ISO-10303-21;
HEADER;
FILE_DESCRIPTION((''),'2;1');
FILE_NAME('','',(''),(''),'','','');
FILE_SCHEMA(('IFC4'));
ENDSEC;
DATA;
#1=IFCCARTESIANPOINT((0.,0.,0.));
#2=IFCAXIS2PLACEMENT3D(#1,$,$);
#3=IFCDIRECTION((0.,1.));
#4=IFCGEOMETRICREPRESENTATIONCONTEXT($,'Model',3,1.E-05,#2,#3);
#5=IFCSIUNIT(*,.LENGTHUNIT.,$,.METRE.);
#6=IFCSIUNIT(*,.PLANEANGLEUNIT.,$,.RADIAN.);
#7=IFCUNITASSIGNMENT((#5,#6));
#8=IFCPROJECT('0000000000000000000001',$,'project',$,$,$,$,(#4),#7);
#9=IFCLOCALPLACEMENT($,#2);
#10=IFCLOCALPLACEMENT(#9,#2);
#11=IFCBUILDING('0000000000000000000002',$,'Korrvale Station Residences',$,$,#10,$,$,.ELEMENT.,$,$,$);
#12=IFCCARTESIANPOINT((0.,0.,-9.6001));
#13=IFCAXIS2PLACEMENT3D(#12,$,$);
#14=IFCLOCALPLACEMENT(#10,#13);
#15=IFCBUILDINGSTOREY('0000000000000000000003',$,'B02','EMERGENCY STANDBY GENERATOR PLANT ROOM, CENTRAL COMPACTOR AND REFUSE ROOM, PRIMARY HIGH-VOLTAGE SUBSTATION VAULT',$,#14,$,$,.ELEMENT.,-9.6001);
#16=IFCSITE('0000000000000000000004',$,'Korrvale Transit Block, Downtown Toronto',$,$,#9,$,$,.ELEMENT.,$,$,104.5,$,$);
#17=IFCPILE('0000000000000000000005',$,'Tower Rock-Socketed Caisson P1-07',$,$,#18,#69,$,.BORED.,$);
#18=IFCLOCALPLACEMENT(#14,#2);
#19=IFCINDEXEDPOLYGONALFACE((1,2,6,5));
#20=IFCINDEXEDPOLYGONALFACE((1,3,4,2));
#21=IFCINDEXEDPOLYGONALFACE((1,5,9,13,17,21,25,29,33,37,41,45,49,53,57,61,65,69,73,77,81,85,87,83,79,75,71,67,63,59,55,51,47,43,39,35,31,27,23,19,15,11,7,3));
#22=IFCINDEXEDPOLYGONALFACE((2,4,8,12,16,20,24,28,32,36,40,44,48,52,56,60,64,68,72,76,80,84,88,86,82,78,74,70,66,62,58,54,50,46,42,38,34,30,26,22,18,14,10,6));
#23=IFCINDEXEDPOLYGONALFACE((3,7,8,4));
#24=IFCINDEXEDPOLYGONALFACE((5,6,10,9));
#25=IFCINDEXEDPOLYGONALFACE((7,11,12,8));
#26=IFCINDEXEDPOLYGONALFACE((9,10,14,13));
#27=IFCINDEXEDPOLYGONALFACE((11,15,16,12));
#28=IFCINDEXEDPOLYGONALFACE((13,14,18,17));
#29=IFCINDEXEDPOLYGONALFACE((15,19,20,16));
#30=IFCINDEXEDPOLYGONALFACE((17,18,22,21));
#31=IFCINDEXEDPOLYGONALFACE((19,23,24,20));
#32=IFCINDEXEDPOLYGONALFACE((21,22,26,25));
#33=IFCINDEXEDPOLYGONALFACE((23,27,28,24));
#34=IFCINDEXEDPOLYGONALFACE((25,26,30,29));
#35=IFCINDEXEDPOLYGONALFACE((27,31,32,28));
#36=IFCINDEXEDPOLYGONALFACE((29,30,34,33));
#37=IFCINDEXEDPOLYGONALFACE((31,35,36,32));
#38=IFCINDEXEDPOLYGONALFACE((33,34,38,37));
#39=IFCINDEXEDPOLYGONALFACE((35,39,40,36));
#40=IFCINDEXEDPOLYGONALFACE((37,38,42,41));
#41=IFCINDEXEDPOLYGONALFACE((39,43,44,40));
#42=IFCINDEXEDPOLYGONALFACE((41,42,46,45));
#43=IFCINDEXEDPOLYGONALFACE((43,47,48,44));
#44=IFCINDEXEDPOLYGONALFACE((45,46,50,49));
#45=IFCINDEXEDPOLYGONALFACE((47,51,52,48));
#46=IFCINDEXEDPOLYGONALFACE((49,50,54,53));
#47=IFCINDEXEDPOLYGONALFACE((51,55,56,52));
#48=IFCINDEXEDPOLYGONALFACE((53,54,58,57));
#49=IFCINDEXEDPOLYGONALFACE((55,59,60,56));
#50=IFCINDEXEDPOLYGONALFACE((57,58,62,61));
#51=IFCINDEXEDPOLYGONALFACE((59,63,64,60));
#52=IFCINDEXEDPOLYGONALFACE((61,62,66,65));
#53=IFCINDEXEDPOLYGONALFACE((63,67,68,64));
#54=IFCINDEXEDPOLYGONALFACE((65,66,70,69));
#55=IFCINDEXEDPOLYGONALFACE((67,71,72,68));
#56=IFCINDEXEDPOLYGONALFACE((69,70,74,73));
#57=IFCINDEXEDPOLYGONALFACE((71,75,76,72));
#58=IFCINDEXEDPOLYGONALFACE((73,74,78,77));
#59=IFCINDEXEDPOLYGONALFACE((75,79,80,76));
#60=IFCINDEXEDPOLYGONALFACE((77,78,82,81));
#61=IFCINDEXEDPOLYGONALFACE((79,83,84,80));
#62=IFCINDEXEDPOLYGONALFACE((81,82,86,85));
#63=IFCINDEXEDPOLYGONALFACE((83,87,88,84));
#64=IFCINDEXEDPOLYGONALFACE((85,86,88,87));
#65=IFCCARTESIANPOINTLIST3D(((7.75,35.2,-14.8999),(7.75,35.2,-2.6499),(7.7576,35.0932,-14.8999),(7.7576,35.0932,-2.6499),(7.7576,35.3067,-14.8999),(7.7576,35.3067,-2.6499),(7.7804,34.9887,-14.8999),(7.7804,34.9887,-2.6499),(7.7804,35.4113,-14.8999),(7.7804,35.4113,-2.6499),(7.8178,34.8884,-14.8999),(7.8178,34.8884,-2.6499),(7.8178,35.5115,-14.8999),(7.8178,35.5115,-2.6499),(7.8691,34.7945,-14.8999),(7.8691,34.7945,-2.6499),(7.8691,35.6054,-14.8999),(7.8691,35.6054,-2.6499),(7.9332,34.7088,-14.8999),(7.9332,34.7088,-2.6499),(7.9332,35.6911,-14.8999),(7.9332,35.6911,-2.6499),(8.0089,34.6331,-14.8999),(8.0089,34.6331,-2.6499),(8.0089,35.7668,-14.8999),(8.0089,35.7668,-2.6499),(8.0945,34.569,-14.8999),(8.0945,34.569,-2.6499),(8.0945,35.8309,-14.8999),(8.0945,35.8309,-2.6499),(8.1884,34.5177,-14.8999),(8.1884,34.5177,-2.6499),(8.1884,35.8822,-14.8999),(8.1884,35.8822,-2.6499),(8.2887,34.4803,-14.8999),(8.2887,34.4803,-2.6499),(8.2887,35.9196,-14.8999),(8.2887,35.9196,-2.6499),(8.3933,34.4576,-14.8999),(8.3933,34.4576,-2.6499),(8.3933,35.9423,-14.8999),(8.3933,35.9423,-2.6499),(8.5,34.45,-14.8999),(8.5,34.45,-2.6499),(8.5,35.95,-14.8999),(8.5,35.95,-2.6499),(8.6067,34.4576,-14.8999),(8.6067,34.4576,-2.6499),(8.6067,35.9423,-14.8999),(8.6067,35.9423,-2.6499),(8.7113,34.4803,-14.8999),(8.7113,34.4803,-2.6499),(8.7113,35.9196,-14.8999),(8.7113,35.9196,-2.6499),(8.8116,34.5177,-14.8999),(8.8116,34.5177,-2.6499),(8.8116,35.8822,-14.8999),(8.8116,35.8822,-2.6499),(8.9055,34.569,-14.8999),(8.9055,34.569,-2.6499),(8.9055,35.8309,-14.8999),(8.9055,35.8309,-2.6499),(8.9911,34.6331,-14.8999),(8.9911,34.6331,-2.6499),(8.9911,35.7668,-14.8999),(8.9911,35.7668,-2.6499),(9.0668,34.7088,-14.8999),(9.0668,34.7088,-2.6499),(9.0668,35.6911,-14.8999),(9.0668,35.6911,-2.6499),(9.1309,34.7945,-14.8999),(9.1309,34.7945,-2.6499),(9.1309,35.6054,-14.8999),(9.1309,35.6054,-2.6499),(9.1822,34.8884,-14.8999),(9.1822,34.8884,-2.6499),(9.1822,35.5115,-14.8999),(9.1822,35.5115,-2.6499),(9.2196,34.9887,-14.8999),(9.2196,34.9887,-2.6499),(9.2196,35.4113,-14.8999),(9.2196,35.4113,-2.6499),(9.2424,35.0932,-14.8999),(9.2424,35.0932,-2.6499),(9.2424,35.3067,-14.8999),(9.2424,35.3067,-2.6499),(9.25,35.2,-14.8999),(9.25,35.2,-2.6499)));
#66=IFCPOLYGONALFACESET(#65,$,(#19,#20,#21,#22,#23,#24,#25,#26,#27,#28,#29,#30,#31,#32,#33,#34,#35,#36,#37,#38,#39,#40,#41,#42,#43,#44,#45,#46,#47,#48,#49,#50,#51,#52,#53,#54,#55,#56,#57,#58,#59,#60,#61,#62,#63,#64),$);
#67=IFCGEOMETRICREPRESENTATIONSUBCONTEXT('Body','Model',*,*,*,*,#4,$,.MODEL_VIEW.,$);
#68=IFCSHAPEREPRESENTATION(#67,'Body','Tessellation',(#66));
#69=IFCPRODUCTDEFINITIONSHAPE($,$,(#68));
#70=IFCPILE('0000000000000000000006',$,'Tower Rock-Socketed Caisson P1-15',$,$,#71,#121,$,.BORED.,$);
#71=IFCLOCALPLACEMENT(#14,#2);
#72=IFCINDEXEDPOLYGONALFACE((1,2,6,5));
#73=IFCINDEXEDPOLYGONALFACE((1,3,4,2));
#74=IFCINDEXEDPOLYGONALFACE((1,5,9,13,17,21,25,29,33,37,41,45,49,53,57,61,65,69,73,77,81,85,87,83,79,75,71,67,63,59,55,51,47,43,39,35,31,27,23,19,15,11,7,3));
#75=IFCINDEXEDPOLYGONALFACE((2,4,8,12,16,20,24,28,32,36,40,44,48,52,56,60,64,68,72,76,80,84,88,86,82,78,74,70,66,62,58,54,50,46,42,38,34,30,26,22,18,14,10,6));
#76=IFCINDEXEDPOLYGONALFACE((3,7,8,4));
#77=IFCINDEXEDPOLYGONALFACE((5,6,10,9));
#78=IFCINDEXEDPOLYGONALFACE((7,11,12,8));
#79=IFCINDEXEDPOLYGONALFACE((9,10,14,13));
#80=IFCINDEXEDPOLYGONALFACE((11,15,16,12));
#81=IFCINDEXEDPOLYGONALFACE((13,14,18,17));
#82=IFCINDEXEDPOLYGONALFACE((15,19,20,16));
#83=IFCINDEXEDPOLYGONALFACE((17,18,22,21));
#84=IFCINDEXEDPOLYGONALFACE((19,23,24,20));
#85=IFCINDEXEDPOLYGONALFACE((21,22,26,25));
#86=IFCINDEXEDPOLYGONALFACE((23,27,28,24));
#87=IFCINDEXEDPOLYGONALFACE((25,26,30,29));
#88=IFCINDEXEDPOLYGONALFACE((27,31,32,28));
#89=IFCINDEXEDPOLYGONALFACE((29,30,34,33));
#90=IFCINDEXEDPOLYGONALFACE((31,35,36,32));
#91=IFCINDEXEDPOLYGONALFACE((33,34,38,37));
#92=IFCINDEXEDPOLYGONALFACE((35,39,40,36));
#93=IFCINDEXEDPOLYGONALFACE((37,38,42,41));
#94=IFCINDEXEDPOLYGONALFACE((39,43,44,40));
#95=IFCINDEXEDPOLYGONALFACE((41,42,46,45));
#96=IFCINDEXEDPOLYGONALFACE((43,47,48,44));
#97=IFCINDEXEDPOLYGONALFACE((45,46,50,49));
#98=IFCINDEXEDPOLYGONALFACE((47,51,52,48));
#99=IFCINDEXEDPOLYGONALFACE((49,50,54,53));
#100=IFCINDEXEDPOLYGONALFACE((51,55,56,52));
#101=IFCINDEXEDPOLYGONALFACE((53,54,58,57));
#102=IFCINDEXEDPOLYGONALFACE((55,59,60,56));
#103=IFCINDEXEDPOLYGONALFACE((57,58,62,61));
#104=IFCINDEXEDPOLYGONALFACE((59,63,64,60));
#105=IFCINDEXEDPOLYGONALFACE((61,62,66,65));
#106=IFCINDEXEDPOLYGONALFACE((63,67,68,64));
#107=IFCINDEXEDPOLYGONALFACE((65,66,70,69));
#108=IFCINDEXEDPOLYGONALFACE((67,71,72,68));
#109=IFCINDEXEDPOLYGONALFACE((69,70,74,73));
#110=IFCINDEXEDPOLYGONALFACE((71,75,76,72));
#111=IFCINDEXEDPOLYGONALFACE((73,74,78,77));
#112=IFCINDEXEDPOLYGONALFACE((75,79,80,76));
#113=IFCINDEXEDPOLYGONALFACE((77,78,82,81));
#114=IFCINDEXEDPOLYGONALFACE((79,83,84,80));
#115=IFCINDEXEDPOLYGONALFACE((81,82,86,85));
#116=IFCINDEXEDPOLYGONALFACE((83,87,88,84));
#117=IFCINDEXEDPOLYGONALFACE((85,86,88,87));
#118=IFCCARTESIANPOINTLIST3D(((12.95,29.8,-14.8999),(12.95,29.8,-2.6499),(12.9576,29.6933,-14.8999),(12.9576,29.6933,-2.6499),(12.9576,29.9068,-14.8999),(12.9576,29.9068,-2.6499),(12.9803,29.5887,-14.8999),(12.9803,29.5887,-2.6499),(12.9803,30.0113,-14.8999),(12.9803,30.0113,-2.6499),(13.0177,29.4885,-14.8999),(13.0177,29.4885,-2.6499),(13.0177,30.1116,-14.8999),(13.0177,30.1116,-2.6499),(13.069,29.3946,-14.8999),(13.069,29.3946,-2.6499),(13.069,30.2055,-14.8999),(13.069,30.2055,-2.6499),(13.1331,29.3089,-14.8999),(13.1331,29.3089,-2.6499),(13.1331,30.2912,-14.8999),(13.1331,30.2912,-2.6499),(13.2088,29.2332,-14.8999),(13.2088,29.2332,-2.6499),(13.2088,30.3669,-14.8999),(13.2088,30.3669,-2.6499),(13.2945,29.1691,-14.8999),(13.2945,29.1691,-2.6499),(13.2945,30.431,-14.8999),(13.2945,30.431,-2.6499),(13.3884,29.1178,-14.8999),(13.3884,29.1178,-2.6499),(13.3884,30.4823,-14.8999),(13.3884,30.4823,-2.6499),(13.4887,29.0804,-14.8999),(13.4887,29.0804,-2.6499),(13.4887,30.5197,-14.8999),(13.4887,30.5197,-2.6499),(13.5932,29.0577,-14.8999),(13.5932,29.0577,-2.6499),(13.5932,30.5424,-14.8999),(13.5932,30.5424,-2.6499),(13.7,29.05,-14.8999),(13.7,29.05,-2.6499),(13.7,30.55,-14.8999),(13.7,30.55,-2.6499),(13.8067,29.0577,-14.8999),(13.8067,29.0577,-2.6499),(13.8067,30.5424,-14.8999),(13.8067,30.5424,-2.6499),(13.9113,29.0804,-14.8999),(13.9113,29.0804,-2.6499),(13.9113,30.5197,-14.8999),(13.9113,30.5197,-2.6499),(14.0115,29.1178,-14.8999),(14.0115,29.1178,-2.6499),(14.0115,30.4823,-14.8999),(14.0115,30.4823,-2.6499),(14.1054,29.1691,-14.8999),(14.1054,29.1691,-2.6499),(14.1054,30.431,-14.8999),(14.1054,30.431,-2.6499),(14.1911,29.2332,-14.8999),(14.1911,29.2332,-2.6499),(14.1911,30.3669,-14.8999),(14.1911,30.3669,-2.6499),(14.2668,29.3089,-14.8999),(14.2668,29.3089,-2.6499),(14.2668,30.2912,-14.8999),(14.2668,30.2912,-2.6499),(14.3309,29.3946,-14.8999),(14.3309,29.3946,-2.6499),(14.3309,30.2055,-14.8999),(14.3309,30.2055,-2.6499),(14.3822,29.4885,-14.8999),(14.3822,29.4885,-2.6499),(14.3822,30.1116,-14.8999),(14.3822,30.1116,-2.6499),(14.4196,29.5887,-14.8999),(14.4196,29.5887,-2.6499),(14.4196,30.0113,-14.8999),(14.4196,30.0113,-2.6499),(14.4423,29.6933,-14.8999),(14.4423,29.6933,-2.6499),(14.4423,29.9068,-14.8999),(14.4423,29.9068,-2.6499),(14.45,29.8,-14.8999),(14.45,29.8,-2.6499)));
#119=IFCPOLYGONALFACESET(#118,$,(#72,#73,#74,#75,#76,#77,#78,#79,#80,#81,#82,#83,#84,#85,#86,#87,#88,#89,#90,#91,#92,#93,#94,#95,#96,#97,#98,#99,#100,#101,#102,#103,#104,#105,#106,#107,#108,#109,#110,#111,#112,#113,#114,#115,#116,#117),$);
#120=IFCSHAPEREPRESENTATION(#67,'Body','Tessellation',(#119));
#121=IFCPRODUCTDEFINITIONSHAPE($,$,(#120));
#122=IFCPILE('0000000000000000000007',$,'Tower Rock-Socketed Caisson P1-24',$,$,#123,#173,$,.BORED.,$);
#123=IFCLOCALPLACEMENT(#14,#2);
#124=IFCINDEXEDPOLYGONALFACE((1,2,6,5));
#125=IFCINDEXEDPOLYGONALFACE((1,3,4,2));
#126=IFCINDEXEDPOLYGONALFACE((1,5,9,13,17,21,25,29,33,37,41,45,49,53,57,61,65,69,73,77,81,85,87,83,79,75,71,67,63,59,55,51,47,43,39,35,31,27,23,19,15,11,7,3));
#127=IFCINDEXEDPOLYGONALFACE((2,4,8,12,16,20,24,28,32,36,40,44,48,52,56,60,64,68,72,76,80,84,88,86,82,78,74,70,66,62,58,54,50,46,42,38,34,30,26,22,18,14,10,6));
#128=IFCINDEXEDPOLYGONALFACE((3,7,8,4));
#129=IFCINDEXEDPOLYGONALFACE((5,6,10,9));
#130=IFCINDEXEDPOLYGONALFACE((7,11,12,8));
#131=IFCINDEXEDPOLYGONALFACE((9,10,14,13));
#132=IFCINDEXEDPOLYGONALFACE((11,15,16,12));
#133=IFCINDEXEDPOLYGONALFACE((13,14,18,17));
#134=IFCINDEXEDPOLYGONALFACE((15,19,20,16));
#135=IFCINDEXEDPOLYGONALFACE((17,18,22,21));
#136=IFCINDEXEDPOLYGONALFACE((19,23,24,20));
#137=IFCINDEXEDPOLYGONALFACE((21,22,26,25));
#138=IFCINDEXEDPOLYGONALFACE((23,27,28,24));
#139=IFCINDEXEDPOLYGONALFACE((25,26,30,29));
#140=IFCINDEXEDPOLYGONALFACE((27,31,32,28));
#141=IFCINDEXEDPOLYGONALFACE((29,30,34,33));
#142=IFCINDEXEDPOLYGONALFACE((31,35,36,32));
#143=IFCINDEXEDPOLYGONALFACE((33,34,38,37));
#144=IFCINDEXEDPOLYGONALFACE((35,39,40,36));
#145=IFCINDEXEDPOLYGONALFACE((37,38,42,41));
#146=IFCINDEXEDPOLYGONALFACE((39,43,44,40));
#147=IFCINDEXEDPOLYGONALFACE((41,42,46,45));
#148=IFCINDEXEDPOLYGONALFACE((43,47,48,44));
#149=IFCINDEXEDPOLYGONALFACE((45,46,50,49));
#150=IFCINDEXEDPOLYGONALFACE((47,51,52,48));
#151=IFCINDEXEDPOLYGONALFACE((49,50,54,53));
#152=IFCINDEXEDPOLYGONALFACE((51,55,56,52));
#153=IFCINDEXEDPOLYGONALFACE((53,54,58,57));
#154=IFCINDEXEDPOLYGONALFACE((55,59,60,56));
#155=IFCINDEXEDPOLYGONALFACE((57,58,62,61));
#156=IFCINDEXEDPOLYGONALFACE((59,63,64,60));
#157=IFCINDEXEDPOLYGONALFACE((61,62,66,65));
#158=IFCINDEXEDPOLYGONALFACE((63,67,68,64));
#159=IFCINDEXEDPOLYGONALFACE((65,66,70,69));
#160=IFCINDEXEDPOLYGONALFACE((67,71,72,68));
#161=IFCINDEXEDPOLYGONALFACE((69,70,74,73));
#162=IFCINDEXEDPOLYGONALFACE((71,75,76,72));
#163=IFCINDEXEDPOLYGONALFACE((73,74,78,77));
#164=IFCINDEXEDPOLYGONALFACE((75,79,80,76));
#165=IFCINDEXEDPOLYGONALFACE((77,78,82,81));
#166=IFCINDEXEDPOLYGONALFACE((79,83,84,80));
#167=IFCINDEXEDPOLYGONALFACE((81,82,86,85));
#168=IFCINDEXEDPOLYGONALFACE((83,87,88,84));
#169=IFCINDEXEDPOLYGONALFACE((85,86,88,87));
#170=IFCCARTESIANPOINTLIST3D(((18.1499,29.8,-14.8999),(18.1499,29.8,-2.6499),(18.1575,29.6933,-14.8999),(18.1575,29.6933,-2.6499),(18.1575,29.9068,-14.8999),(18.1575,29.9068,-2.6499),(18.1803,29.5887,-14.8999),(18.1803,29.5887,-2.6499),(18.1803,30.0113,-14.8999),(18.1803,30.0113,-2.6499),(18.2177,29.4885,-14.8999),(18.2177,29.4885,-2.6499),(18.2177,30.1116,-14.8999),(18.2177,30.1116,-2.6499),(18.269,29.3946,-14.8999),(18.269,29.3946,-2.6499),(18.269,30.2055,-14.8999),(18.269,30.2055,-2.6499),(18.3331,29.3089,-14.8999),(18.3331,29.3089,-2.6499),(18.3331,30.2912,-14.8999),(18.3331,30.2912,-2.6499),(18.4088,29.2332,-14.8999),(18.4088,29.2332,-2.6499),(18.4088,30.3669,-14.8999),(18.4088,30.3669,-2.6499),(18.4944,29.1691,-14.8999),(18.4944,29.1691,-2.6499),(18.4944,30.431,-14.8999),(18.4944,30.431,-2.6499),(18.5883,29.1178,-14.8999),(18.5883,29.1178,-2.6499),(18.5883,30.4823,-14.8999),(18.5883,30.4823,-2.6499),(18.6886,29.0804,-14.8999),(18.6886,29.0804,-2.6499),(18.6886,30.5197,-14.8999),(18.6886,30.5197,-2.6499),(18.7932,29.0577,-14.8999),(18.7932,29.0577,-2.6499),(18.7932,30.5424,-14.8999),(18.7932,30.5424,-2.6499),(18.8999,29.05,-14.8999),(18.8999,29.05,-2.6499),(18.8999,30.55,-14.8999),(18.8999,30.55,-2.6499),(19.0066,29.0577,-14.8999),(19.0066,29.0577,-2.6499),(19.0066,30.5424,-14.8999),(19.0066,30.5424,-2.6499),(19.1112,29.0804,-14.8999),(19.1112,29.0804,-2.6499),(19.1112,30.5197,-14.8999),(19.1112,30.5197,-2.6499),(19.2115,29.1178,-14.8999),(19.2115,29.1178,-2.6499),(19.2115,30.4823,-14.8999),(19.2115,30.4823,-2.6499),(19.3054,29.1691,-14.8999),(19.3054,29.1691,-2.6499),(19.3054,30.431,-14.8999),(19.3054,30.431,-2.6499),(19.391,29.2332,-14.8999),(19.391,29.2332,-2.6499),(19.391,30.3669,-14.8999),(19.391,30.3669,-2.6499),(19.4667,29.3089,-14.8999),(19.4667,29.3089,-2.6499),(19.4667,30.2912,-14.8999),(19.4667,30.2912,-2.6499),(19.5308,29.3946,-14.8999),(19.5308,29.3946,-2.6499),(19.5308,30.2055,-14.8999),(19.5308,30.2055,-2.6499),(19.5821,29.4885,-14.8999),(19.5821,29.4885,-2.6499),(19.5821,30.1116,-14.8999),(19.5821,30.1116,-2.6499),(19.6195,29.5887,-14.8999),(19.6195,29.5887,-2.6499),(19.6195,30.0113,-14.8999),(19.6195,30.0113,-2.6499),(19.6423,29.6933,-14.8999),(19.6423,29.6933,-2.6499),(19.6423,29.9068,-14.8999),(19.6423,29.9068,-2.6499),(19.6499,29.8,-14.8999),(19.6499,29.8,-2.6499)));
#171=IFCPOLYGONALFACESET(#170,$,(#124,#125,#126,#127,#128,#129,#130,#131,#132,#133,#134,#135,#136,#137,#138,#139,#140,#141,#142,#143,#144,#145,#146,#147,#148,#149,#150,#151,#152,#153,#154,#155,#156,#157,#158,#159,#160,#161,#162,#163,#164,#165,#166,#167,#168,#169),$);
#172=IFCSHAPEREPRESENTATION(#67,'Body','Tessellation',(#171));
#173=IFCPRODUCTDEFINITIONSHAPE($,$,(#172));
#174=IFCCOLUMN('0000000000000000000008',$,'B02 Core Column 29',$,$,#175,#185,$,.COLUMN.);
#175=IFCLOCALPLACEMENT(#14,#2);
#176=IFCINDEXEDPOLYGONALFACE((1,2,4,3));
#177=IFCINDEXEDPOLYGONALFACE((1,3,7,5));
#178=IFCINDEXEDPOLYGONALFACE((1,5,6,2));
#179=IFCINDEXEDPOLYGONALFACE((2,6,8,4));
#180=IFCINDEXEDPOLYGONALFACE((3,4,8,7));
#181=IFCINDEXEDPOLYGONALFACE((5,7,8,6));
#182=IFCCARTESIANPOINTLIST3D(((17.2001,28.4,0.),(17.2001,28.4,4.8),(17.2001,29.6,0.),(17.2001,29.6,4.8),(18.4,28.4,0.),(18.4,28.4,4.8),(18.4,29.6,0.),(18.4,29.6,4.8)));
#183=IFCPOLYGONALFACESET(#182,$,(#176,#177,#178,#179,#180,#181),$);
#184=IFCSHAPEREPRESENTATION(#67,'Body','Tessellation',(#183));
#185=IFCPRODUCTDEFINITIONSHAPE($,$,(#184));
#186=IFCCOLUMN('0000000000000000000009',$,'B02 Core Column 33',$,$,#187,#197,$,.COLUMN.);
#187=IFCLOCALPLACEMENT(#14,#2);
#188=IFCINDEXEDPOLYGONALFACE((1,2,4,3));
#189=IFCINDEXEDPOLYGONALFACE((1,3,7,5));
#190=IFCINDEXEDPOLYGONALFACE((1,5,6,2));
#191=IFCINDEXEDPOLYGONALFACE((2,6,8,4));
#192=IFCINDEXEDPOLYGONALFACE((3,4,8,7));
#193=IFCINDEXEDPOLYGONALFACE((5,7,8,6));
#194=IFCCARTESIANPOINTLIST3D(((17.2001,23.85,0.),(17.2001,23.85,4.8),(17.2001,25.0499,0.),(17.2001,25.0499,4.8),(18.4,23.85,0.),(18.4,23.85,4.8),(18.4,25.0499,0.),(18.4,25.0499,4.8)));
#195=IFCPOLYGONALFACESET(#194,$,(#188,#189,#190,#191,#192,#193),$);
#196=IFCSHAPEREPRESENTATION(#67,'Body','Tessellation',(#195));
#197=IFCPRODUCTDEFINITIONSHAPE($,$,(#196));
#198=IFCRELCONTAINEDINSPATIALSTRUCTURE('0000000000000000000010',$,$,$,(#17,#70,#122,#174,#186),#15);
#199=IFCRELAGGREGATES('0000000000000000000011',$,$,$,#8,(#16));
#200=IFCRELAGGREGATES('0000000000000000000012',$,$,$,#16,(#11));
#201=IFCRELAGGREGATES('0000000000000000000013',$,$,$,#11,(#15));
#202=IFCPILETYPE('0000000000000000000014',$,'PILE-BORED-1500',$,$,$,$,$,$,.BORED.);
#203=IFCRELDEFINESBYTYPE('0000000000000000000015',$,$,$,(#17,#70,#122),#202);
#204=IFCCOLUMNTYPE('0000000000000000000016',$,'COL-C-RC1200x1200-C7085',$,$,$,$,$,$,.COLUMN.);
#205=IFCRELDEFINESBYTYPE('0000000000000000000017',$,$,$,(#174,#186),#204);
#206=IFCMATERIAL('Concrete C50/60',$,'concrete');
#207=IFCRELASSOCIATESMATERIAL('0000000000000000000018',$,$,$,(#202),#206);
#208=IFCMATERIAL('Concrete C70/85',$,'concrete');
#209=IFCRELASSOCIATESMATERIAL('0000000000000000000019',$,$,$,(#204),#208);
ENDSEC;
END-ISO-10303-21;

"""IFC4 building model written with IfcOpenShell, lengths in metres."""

from ifc_helpers import new_model, si_unit, direction, frame, origin, origin_2d, place, context, subcontext, project, spatial, rectangle, circle, extrude, material, material_profile, profile_set, type_object, element, save


model = new_model("IFC4")

# Units and contexts
model_context = context("Model", 3, precision=1e-05, world=origin(), true_north=direction((0.0, 1.0)))
body_context = subcontext(model_context, "Body", "Model", "MODEL_VIEW")
ifc_project = project(units=[si_unit("LENGTHUNIT", "METRE"), si_unit("PLANEANGLEUNIT", "RADIAN")], contexts=[model_context])

# Site, building, storey
site_placement = place(None, origin())
site = spatial("IfcSite", under=ifc_project, at=site_placement, Name="Korrvale Transit Block, Downtown Toronto", CompositionType="ELEMENT", RefElevation=104.5)
building_placement = place(site_placement, origin())
building = spatial("IfcBuilding", under=site, at=building_placement, Name="Korrvale Station Residences", CompositionType="ELEMENT")
storey_placement = place(building_placement, frame((0.0, 0.0, -9.6001)))
storey = spatial("IfcBuildingStorey", under=building, at=storey_placement, Name="B02", Description="EMERGENCY STANDBY GENERATOR PLANT ROOM, CENTRAL COMPACTOR AND REFUSE ROOM, PRIMARY HIGH-VOLTAGE SUBSTATION VAULT", CompositionType="ELEMENT", Elevation=-9.6001)

# Piles
ifc_material_1 = material(Name="Concrete C50/60", Category="concrete")
ifc_material_profile_1 = material_profile(ifc_material_1, circle(Radius=0.75, at=origin_2d()), Name="PILE1500")
ifc_profile_set_1 = profile_set([ifc_material_profile_1], Name="Concrete C50/60")
pile_type_1 = type_object("IfcPileType", Name="PILE-BORED-1500", PredefinedType="BORED", material=ifc_profile_set_1)
for number, where, z_axis, x_axis, name in (
    (1, (8.5, 35.2, -2.6499), (0.0, 0.0, -1.0), (1.0, 0.0, 0.0), "Tower Rock-Socketed Caisson P1-07"),
    (2, (13.7, 29.8, -2.6499), (0.0, 0.0, -1.0), (1.0, 0.0, 0.0), "Tower Rock-Socketed Caisson P1-15"),
    (3, (18.8999, 29.8, -2.6499), (0.0, 0.0, -1.0), (1.0, 0.0, 0.0), "Tower Rock-Socketed Caisson P1-24"),
):
    element("IfcPile", number, at=place(storey_placement, frame(where, z_axis=z_axis, x_axis=x_axis)), inside=storey, type_object=pile_type_1, Name=name, PredefinedType="BORED", context=body_context, shape_type="SweptSolid", body=[
        extrude(circle(Radius=0.75, at=origin_2d()), origin(), (0.0, 0.0, 1.0), 12.25),
    ])

# Columns
ifc_material_2 = material(Name="Concrete C70/85", Category="concrete")
ifc_material_profile_2 = material_profile(ifc_material_2, rectangle(XDim=1.2, YDim=1.2, at=origin_2d()), Name="RC1200x1200")
ifc_profile_set_2 = profile_set([ifc_material_profile_2], Name="Concrete C70/85")
column_type_1 = type_object("IfcColumnType", Name="COL-C-RC1200x1200-C7085", PredefinedType="COLUMN", material=ifc_profile_set_2)
for number, where, z_axis, x_axis, name in (
    (4, (17.8, 29.0, 0.0), (0.0, 0.0, 1.0), (1.0, 0.0, 0.0), "B02 Core Column 29"),
    (5, (17.8, 24.45, 0.0), (0.0, 0.0, 1.0), (1.0, 0.0, 0.0), "B02 Core Column 33"),
):
    element("IfcColumn", number, at=place(storey_placement, frame(where, z_axis=z_axis, x_axis=x_axis)), inside=storey, type_object=column_type_1, Name=name, PredefinedType="COLUMN", context=body_context, shape_type="SweptSolid", body=[
        extrude(rectangle(XDim=1.2, YDim=1.2, at=origin_2d()), origin(), (0.0, 0.0, 1.0), 4.8),
    ])

save(model, "model.ifc")
